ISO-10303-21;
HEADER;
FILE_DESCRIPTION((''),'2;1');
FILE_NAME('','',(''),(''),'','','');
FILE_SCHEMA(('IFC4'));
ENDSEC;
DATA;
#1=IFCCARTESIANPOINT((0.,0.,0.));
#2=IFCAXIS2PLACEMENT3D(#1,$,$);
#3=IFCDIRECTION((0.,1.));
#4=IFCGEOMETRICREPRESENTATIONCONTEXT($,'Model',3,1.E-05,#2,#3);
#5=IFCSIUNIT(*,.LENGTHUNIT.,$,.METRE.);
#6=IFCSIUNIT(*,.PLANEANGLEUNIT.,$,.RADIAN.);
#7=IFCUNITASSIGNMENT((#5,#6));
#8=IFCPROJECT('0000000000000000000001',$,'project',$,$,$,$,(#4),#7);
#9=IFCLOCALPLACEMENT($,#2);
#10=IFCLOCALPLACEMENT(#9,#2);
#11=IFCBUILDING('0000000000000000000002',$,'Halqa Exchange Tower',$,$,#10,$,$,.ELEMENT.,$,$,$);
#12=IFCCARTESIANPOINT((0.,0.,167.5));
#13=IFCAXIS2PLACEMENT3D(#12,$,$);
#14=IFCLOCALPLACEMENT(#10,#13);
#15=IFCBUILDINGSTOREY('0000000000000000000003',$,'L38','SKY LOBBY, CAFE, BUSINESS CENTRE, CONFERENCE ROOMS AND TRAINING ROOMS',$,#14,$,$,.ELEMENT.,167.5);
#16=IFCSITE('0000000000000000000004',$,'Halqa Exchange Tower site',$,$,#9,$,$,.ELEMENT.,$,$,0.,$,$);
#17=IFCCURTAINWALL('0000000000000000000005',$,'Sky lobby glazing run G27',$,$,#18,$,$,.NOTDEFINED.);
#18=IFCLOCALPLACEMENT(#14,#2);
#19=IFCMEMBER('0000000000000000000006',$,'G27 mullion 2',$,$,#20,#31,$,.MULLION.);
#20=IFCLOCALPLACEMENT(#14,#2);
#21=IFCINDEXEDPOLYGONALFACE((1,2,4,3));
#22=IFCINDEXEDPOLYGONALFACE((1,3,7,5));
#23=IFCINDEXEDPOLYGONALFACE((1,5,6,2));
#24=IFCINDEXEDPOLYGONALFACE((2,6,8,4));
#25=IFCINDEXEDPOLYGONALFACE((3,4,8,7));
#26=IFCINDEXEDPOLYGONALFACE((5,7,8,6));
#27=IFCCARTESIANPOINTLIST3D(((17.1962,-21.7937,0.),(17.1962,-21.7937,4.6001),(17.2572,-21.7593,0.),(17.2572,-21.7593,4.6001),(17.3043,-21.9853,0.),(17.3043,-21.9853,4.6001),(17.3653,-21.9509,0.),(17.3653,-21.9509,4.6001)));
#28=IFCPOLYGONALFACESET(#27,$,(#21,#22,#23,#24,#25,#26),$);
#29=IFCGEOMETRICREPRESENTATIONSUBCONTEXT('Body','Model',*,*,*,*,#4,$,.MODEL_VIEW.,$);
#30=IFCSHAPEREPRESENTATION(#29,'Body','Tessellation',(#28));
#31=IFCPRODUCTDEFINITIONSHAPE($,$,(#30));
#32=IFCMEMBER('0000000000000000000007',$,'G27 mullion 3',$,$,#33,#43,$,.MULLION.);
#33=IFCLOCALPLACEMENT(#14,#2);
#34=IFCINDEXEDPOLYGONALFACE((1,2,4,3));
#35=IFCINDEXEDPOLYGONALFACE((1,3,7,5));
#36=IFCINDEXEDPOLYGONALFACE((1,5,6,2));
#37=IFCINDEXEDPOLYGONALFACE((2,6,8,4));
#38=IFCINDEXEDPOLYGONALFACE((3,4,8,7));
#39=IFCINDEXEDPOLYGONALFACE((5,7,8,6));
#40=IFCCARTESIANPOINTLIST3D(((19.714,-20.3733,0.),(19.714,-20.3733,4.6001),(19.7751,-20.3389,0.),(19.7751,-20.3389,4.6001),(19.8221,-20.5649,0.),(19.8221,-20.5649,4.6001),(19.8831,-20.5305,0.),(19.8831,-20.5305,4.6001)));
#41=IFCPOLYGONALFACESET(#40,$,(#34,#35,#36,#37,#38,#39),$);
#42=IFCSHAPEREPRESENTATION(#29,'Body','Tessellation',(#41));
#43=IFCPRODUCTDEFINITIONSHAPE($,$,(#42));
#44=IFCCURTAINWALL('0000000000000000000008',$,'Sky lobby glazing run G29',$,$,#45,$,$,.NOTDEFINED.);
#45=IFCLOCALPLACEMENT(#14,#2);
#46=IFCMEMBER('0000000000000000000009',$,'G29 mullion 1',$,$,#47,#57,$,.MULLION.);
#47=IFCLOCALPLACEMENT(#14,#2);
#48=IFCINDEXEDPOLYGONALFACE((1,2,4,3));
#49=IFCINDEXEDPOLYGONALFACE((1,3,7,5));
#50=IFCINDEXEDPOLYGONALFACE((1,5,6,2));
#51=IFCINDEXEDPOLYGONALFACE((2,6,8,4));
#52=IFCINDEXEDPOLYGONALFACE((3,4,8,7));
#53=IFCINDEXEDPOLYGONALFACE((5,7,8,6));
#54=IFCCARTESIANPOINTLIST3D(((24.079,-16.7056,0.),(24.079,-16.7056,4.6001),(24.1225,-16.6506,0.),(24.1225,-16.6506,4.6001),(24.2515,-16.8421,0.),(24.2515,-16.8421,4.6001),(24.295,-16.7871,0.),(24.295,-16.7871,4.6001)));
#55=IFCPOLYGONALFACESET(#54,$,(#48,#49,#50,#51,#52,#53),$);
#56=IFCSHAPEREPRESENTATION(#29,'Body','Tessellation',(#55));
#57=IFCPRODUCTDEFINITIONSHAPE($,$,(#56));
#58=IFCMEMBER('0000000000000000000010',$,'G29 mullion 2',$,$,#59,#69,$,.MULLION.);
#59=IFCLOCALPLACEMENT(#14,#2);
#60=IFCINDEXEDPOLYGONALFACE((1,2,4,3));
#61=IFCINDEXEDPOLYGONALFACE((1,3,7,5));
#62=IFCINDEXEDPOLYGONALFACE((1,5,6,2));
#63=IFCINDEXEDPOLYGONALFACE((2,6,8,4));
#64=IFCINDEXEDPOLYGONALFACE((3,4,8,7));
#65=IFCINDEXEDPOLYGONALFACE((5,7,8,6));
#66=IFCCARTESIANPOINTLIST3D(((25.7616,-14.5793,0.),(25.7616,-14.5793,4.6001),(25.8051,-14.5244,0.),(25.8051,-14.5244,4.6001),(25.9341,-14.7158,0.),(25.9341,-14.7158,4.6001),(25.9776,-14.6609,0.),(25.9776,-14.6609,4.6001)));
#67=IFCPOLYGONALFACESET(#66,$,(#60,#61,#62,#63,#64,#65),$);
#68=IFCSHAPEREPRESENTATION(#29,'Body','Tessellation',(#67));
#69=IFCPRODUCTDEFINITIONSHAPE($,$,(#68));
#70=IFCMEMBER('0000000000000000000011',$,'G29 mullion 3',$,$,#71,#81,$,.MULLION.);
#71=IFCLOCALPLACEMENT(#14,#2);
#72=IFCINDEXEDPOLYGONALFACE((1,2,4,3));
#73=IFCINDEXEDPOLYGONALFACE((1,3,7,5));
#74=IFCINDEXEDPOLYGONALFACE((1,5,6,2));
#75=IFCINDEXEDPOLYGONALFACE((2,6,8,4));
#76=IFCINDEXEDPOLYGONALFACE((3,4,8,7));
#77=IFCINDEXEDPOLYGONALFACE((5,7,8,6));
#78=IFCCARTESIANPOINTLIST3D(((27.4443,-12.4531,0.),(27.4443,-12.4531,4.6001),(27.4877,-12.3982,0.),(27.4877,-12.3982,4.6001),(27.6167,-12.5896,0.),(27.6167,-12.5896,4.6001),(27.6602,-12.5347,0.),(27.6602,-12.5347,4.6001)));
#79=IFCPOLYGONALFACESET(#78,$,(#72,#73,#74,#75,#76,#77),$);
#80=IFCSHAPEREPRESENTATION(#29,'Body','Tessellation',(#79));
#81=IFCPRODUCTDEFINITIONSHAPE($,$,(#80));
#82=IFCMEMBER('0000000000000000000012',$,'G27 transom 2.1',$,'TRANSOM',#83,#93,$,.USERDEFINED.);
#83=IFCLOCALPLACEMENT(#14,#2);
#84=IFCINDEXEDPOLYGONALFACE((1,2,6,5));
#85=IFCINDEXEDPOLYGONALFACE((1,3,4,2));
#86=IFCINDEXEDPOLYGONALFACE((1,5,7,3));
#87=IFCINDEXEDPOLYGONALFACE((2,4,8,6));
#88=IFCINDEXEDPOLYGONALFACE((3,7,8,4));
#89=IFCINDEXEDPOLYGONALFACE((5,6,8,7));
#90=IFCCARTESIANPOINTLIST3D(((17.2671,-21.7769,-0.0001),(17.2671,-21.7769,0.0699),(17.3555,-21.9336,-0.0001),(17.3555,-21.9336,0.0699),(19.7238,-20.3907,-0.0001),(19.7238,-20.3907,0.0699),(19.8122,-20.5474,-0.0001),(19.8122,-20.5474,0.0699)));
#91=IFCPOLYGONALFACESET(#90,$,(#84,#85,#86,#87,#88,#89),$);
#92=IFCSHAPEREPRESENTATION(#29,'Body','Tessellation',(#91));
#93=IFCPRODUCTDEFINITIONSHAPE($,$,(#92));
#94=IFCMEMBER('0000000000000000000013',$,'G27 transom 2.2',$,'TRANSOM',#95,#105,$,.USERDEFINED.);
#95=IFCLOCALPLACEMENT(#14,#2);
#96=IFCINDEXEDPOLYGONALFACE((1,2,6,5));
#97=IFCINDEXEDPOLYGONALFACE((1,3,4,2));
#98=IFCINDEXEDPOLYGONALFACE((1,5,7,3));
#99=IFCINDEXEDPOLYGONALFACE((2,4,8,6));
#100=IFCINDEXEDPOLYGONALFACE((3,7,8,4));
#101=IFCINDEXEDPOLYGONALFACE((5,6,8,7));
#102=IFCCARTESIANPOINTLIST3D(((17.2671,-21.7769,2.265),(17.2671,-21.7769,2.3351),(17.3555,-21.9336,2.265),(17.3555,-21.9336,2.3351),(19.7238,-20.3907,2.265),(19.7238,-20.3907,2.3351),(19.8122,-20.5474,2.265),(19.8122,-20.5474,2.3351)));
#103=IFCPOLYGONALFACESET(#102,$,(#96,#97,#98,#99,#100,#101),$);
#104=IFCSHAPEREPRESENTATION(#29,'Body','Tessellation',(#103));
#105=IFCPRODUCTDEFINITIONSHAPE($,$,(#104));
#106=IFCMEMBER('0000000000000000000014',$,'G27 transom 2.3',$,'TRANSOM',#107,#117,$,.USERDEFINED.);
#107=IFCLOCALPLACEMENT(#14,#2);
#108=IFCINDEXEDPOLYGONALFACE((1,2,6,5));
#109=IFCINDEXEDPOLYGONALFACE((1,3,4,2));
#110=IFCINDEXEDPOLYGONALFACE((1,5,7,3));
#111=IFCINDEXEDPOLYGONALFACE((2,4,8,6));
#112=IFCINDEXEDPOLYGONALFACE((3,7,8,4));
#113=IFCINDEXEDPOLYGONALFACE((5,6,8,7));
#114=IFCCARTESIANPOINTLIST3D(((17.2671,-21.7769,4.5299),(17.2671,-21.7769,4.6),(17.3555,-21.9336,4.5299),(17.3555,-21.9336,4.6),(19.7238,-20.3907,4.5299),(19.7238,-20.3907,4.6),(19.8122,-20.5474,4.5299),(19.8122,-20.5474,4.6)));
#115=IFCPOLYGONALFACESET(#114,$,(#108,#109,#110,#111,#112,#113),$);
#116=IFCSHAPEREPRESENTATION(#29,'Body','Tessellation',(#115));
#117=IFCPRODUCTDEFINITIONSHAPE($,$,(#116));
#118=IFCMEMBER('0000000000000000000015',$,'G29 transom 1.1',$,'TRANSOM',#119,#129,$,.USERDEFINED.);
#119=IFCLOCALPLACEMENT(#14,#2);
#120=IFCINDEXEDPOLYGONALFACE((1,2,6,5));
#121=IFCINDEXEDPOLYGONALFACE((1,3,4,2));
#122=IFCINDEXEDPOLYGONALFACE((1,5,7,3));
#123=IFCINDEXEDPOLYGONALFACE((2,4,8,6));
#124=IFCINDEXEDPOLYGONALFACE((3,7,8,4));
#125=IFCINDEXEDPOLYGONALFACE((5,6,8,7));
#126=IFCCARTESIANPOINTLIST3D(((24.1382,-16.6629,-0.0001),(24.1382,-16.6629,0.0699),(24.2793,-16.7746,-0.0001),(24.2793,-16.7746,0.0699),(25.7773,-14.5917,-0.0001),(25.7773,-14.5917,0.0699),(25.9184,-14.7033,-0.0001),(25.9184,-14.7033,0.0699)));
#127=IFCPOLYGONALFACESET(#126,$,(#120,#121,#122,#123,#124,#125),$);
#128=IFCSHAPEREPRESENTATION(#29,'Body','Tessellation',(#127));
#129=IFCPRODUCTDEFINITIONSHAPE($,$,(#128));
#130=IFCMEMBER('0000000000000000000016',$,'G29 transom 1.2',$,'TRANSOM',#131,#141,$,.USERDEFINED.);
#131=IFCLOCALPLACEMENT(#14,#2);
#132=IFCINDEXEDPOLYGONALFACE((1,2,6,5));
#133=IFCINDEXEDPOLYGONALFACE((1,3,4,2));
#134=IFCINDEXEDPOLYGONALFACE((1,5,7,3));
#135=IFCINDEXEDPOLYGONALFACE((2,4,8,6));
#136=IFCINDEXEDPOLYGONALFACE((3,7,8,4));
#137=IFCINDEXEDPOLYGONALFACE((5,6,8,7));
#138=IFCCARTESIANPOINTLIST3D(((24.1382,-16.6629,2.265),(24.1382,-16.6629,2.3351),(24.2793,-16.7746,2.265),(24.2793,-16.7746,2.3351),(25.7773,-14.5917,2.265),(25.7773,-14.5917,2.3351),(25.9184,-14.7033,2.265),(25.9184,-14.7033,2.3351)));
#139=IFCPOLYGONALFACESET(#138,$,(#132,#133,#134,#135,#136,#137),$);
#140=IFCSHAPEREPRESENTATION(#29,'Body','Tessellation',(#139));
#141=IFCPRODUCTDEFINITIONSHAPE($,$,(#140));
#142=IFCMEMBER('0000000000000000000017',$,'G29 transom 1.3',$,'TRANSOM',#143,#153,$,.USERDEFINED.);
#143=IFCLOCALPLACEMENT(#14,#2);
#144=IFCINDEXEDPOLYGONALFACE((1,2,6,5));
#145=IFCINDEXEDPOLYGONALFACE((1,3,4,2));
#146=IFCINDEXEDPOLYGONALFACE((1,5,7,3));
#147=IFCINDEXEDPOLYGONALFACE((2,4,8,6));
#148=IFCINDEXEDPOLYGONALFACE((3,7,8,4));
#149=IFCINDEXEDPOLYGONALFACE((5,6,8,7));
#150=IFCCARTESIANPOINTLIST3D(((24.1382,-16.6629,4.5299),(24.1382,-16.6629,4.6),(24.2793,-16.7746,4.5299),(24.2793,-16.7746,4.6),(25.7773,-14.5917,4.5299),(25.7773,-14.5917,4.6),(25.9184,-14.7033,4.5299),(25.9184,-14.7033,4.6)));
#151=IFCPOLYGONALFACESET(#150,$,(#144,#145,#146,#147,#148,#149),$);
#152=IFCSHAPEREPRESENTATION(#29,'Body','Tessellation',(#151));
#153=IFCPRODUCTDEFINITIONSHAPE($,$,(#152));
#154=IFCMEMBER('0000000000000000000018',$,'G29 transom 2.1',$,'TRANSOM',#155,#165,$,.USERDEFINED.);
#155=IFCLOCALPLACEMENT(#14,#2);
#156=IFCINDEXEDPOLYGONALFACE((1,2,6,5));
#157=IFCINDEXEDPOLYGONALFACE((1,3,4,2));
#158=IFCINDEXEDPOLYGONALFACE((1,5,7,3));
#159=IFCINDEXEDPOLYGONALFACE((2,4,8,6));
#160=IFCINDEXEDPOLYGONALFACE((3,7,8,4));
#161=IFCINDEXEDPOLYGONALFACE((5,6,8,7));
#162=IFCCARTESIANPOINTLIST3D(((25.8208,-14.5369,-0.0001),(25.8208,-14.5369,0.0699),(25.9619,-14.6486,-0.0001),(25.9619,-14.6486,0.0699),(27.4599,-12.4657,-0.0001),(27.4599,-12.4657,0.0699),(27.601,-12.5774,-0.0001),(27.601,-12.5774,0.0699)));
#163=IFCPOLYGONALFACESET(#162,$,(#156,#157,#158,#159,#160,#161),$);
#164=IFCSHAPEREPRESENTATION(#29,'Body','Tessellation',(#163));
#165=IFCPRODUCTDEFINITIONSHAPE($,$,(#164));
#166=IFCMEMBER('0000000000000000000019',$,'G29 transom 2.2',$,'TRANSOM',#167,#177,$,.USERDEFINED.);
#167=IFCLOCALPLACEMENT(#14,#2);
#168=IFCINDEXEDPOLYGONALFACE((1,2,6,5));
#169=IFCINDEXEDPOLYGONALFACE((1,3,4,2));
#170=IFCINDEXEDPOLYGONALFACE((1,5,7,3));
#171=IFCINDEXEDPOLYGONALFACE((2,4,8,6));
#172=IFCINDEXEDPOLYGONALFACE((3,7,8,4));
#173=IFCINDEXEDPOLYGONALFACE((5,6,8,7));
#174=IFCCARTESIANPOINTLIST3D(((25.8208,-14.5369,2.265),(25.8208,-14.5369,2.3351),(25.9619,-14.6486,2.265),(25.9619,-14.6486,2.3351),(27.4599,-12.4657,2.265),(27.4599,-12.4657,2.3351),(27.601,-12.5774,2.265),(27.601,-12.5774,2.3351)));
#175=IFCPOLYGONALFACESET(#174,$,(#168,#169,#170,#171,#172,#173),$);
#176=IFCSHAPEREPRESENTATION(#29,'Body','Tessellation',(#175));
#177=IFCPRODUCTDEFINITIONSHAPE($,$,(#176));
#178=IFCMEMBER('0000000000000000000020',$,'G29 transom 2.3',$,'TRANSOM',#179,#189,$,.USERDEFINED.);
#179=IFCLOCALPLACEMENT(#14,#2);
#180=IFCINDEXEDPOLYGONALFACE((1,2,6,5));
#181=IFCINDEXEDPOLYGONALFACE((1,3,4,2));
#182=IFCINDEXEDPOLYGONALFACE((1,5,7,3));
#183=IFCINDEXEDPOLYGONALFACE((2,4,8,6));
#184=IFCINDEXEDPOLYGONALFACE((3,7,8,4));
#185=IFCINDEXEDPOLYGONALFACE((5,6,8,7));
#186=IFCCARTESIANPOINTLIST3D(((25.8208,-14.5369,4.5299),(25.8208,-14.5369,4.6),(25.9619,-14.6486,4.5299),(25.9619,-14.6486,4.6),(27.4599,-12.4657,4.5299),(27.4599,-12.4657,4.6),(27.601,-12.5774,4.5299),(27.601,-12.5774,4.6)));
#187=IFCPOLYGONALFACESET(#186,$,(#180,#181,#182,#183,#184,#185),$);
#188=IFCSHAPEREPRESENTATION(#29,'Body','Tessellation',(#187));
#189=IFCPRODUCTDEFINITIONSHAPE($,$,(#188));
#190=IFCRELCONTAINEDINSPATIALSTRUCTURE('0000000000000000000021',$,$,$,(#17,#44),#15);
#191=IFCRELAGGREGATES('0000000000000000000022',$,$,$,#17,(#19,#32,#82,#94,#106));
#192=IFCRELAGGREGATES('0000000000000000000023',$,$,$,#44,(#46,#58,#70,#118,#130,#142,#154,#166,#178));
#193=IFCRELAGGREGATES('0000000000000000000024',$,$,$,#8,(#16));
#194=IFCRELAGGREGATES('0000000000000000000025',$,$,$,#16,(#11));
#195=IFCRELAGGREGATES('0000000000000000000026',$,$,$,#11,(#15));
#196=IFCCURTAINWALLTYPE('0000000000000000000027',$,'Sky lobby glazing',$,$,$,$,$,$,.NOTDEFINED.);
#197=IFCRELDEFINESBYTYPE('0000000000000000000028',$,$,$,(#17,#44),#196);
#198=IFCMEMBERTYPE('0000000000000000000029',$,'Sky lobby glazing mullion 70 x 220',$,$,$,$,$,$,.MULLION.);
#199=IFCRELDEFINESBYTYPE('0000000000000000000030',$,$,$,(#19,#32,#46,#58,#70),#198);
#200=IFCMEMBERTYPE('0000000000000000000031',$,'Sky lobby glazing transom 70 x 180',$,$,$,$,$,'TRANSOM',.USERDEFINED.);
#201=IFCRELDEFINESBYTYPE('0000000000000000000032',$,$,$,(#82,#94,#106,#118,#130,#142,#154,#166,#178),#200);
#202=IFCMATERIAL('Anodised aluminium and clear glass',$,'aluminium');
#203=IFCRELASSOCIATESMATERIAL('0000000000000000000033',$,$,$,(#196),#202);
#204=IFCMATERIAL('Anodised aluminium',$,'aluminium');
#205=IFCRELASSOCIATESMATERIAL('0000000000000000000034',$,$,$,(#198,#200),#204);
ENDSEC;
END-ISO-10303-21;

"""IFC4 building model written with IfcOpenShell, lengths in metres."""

from ifc_helpers import new_model, si_unit, direction, frame, origin, origin_2d, place, context, subcontext, project, spatial, rectangle, extrude, material, material_profile, profile_set, type_object, element, aggregate, save


model = new_model("IFC4")

# Units and contexts
model_context = context("Model", 3, precision=1e-05, world=origin(), true_north=direction((0.0, 1.0)))
body_context = subcontext(model_context, "Body", "Model", "MODEL_VIEW")
ifc_project = project(units=[si_unit("LENGTHUNIT", "METRE"), si_unit("PLANEANGLEUNIT", "RADIAN")], contexts=[model_context])

# Site, building, storey
site_placement = place(None, origin())
site = spatial("IfcSite", under=ifc_project, at=site_placement, Name="Halqa Exchange Tower site", CompositionType="ELEMENT", RefElevation=0.0)
building_placement = place(site_placement, origin())
building = spatial("IfcBuilding", under=site, at=building_placement, Name="Halqa Exchange Tower", CompositionType="ELEMENT")
storey_placement = place(building_placement, frame((0.0, 0.0, 167.5)))
storey = spatial("IfcBuildingStorey", under=building, at=storey_placement, Name="L38", Description="SKY LOBBY, CAFE, BUSINESS CENTRE, CONFERENCE ROOMS AND TRAINING ROOMS", CompositionType="ELEMENT", Elevation=167.5)

# Curtain walls, members
ifc_material_1 = material(Name="Anodised aluminium and clear glass", Category="aluminium")
curtain_wall_type = type_object("IfcCurtainWallType", Name="Sky lobby glazing", PredefinedType="NOTDEFINED", material=ifc_material_1)
curtain_wall_1_placement = place(storey_placement, origin())
curtain_wall_1 = element("IfcCurtainWall", 1, at=curtain_wall_1_placement, inside=storey, type_object=curtain_wall_type, Name="Sky lobby glazing run G27", PredefinedType="NOTDEFINED")
ifc_material_2 = material(Name="Anodised aluminium", Category="aluminium")
ifc_material_profile_1 = material_profile(ifc_material_2, rectangle(XDim=0.22, YDim=0.0701, at=origin_2d()), Name="AL 70x220")
ifc_profile_set_1 = profile_set([ifc_material_profile_1], Name="Anodised aluminium")
member_type_1 = type_object("IfcMemberType", Name="Sky lobby glazing mullion 70 x 220", PredefinedType="MULLION", material=ifc_profile_set_1)
member_1_placement = place(storey_placement, frame((17.2808, -21.8723, 0.0), z_axis=(0.0, 0.0, 1.0), x_axis=(-0.491354, 0.87096, 0.0)))
member_1 = element("IfcMember", 2, at=member_1_placement, type_object=member_type_1, Name="G27 mullion 2", PredefinedType="MULLION", context=body_context, shape_type="SweptSolid", body=[
    extrude(rectangle(XDim=0.22, YDim=0.0701, at=origin_2d()), origin(), (0.0, 0.0, 1.0), 4.6001),
])
member_2_placement = place(storey_placement, frame((19.7986, -20.4519, 0.0), z_axis=(0.0, 0.0, 1.0), x_axis=(-0.491354, 0.87096, 0.0)))
member_2 = element("IfcMember", 3, at=member_2_placement, type_object=member_type_1, Name="G27 mullion 3", PredefinedType="MULLION", context=body_context, shape_type="SweptSolid", body=[
    extrude(rectangle(XDim=0.22, YDim=0.0701, at=origin_2d()), origin(), (0.0, 0.0, 1.0), 4.6001),
])
curtain_wall_2_placement = place(storey_placement, origin())
curtain_wall_2 = element("IfcCurtainWall", 4, at=curtain_wall_2_placement, inside=storey, type_object=curtain_wall_type, Name="Sky lobby glazing run G29", PredefinedType="NOTDEFINED")
member_3_placement = place(storey_placement, frame((24.187, -16.7463, 0.0), z_axis=(0.0, 0.0, 1.0), x_axis=(-0.78414, 0.620584, 0.0)))
member_3 = element("IfcMember", 5, at=member_3_placement, type_object=member_type_1, Name="G29 mullion 1", PredefinedType="MULLION", context=body_context, shape_type="SweptSolid", body=[
    extrude(rectangle(XDim=0.22, YDim=0.0701, at=origin_2d()), origin(), (0.0, 0.0, 1.0), 4.6001),
])
member_4_placement = place(storey_placement, frame((25.8696, -14.6201, 0.0), z_axis=(0.0, 0.0, 1.0), x_axis=(-0.78414, 0.620584, 0.0)))
member_4 = element("IfcMember", 6, at=member_4_placement, type_object=member_type_1, Name="G29 mullion 2", PredefinedType="MULLION", context=body_context, shape_type="SweptSolid", body=[
    extrude(rectangle(XDim=0.22, YDim=0.0701, at=origin_2d()), origin(), (0.0, 0.0, 1.0), 4.6001),
])
member_5_placement = place(storey_placement, frame((27.5522, -12.4939, 0.0), z_axis=(0.0, 0.0, 1.0), x_axis=(-0.78414, 0.620584, 0.0)))
member_5 = element("IfcMember", 7, at=member_5_placement, type_object=member_type_1, Name="G29 mullion 3", PredefinedType="MULLION", context=body_context, shape_type="SweptSolid", body=[
    extrude(rectangle(XDim=0.22, YDim=0.0701, at=origin_2d()), origin(), (0.0, 0.0, 1.0), 4.6001),
])

# Members
ifc_material_profile_2 = material_profile(ifc_material_2, rectangle(XDim=0.1799, YDim=0.0701, at=origin_2d()), Name="AL 70x180")
ifc_profile_set_2 = profile_set([ifc_material_profile_2], Name="Anodised aluminium")
member_type_2 = type_object("IfcMemberType", Name="Sky lobby glazing transom 70 x 180", ElementType="TRANSOM", PredefinedType="USERDEFINED", material=ifc_profile_set_2)
member_6_placement = place(storey_placement, frame((17.3113, -21.8552, 0.0349), z_axis=(0.870925, 0.491415, 0.0), x_axis=(-0.491415, 0.870925, 0.0)))
member_6 = element("IfcMember", 8, at=member_6_placement, type_object=member_type_2, Name="G27 transom 2.1", ObjectType="TRANSOM", PredefinedType="USERDEFINED", context=body_context, shape_type="SweptSolid", body=[
    extrude(rectangle(XDim=0.1799, YDim=0.0701, at=origin_2d()), origin(), (0.0, 0.0, 1.0), 2.8208),
])
member_7_placement = place(storey_placement, frame((17.3113, -21.8552, 2.3), z_axis=(0.870925, 0.491415, 0.0), x_axis=(-0.491415, 0.870925, 0.0)))
member_7 = element("IfcMember", 9, at=member_7_placement, type_object=member_type_2, Name="G27 transom 2.2", ObjectType="TRANSOM", PredefinedType="USERDEFINED", context=body_context, shape_type="SweptSolid", body=[
    extrude(rectangle(XDim=0.1799, YDim=0.0701, at=origin_2d()), origin(), (0.0, 0.0, 1.0), 2.8208),
])
member_8_placement = place(storey_placement, frame((17.3113, -21.8552, 4.5649), z_axis=(0.870925, 0.491415, 0.0), x_axis=(-0.491415, 0.870925, 0.0)))
member_8 = element("IfcMember", 10, at=member_8_placement, type_object=member_type_2, Name="G27 transom 2.3", ObjectType="TRANSOM", PredefinedType="USERDEFINED", context=body_context, shape_type="SweptSolid", body=[
    extrude(rectangle(XDim=0.1799, YDim=0.0701, at=origin_2d()), origin(), (0.0, 0.0, 1.0), 2.8208),
])
member_9_placement = place(storey_placement, frame((24.2087, -16.7188, 0.0349), z_axis=(0.620561, 0.784158, 0.0), x_axis=(-0.784158, 0.620561, 0.0)))
member_9 = element("IfcMember", 11, at=member_9_placement, type_object=member_type_2, Name="G29 transom 1.1", ObjectType="TRANSOM", PredefinedType="USERDEFINED", context=body_context, shape_type="SweptSolid", body=[
    extrude(rectangle(XDim=0.1799, YDim=0.0701, at=origin_2d()), origin(), (0.0, 0.0, 1.0), 2.6414),
])
member_10_placement = place(storey_placement, frame((24.2087, -16.7188, 2.3), z_axis=(0.620561, 0.784158, 0.0), x_axis=(-0.784158, 0.620561, 0.0)))
member_10 = element("IfcMember", 12, at=member_10_placement, type_object=member_type_2, Name="G29 transom 1.2", ObjectType="TRANSOM", PredefinedType="USERDEFINED", context=body_context, shape_type="SweptSolid", body=[
    extrude(rectangle(XDim=0.1799, YDim=0.0701, at=origin_2d()), origin(), (0.0, 0.0, 1.0), 2.6414),
])
member_11_placement = place(storey_placement, frame((24.2087, -16.7188, 4.5649), z_axis=(0.620561, 0.784158, 0.0), x_axis=(-0.784158, 0.620561, 0.0)))
member_11 = element("IfcMember", 13, at=member_11_placement, type_object=member_type_2, Name="G29 transom 1.3", ObjectType="TRANSOM", PredefinedType="USERDEFINED", context=body_context, shape_type="SweptSolid", body=[
    extrude(rectangle(XDim=0.1799, YDim=0.0701, at=origin_2d()), origin(), (0.0, 0.0, 1.0), 2.6414),
])
member_12_placement = place(storey_placement, frame((25.8914, -14.5928, 0.0349), z_axis=(0.620561, 0.784158, 0.0), x_axis=(-0.784158, 0.620561, 0.0)))
member_12 = element("IfcMember", 14, at=member_12_placement, type_object=member_type_2, Name="G29 transom 2.1", ObjectType="TRANSOM", PredefinedType="USERDEFINED", context=body_context, shape_type="SweptSolid", body=[
    extrude(rectangle(XDim=0.1799, YDim=0.0701, at=origin_2d()), origin(), (0.0, 0.0, 1.0), 2.6414),
])
member_13_placement = place(storey_placement, frame((25.8914, -14.5928, 2.3), z_axis=(0.620561, 0.784158, 0.0), x_axis=(-0.784158, 0.620561, 0.0)))
member_13 = element("IfcMember", 15, at=member_13_placement, type_object=member_type_2, Name="G29 transom 2.2", ObjectType="TRANSOM", PredefinedType="USERDEFINED", context=body_context, shape_type="SweptSolid", body=[
    extrude(rectangle(XDim=0.1799, YDim=0.0701, at=origin_2d()), origin(), (0.0, 0.0, 1.0), 2.6414),
])
member_14_placement = place(storey_placement, frame((25.8914, -14.5928, 4.5649), z_axis=(0.620561, 0.784158, 0.0), x_axis=(-0.784158, 0.620561, 0.0)))
member_14 = element("IfcMember", 16, at=member_14_placement, type_object=member_type_2, Name="G29 transom 2.3", ObjectType="TRANSOM", PredefinedType="USERDEFINED", context=body_context, shape_type="SweptSolid", body=[
    extrude(rectangle(XDim=0.1799, YDim=0.0701, at=origin_2d()), origin(), (0.0, 0.0, 1.0), 2.6414),
])

aggregate(curtain_wall_1, [member_1, member_2, member_6, member_7, member_8])
aggregate(curtain_wall_2, [member_3, member_4, member_5, member_9, member_10, member_11, member_12, member_13, member_14])

save(model, "model.ifc")
